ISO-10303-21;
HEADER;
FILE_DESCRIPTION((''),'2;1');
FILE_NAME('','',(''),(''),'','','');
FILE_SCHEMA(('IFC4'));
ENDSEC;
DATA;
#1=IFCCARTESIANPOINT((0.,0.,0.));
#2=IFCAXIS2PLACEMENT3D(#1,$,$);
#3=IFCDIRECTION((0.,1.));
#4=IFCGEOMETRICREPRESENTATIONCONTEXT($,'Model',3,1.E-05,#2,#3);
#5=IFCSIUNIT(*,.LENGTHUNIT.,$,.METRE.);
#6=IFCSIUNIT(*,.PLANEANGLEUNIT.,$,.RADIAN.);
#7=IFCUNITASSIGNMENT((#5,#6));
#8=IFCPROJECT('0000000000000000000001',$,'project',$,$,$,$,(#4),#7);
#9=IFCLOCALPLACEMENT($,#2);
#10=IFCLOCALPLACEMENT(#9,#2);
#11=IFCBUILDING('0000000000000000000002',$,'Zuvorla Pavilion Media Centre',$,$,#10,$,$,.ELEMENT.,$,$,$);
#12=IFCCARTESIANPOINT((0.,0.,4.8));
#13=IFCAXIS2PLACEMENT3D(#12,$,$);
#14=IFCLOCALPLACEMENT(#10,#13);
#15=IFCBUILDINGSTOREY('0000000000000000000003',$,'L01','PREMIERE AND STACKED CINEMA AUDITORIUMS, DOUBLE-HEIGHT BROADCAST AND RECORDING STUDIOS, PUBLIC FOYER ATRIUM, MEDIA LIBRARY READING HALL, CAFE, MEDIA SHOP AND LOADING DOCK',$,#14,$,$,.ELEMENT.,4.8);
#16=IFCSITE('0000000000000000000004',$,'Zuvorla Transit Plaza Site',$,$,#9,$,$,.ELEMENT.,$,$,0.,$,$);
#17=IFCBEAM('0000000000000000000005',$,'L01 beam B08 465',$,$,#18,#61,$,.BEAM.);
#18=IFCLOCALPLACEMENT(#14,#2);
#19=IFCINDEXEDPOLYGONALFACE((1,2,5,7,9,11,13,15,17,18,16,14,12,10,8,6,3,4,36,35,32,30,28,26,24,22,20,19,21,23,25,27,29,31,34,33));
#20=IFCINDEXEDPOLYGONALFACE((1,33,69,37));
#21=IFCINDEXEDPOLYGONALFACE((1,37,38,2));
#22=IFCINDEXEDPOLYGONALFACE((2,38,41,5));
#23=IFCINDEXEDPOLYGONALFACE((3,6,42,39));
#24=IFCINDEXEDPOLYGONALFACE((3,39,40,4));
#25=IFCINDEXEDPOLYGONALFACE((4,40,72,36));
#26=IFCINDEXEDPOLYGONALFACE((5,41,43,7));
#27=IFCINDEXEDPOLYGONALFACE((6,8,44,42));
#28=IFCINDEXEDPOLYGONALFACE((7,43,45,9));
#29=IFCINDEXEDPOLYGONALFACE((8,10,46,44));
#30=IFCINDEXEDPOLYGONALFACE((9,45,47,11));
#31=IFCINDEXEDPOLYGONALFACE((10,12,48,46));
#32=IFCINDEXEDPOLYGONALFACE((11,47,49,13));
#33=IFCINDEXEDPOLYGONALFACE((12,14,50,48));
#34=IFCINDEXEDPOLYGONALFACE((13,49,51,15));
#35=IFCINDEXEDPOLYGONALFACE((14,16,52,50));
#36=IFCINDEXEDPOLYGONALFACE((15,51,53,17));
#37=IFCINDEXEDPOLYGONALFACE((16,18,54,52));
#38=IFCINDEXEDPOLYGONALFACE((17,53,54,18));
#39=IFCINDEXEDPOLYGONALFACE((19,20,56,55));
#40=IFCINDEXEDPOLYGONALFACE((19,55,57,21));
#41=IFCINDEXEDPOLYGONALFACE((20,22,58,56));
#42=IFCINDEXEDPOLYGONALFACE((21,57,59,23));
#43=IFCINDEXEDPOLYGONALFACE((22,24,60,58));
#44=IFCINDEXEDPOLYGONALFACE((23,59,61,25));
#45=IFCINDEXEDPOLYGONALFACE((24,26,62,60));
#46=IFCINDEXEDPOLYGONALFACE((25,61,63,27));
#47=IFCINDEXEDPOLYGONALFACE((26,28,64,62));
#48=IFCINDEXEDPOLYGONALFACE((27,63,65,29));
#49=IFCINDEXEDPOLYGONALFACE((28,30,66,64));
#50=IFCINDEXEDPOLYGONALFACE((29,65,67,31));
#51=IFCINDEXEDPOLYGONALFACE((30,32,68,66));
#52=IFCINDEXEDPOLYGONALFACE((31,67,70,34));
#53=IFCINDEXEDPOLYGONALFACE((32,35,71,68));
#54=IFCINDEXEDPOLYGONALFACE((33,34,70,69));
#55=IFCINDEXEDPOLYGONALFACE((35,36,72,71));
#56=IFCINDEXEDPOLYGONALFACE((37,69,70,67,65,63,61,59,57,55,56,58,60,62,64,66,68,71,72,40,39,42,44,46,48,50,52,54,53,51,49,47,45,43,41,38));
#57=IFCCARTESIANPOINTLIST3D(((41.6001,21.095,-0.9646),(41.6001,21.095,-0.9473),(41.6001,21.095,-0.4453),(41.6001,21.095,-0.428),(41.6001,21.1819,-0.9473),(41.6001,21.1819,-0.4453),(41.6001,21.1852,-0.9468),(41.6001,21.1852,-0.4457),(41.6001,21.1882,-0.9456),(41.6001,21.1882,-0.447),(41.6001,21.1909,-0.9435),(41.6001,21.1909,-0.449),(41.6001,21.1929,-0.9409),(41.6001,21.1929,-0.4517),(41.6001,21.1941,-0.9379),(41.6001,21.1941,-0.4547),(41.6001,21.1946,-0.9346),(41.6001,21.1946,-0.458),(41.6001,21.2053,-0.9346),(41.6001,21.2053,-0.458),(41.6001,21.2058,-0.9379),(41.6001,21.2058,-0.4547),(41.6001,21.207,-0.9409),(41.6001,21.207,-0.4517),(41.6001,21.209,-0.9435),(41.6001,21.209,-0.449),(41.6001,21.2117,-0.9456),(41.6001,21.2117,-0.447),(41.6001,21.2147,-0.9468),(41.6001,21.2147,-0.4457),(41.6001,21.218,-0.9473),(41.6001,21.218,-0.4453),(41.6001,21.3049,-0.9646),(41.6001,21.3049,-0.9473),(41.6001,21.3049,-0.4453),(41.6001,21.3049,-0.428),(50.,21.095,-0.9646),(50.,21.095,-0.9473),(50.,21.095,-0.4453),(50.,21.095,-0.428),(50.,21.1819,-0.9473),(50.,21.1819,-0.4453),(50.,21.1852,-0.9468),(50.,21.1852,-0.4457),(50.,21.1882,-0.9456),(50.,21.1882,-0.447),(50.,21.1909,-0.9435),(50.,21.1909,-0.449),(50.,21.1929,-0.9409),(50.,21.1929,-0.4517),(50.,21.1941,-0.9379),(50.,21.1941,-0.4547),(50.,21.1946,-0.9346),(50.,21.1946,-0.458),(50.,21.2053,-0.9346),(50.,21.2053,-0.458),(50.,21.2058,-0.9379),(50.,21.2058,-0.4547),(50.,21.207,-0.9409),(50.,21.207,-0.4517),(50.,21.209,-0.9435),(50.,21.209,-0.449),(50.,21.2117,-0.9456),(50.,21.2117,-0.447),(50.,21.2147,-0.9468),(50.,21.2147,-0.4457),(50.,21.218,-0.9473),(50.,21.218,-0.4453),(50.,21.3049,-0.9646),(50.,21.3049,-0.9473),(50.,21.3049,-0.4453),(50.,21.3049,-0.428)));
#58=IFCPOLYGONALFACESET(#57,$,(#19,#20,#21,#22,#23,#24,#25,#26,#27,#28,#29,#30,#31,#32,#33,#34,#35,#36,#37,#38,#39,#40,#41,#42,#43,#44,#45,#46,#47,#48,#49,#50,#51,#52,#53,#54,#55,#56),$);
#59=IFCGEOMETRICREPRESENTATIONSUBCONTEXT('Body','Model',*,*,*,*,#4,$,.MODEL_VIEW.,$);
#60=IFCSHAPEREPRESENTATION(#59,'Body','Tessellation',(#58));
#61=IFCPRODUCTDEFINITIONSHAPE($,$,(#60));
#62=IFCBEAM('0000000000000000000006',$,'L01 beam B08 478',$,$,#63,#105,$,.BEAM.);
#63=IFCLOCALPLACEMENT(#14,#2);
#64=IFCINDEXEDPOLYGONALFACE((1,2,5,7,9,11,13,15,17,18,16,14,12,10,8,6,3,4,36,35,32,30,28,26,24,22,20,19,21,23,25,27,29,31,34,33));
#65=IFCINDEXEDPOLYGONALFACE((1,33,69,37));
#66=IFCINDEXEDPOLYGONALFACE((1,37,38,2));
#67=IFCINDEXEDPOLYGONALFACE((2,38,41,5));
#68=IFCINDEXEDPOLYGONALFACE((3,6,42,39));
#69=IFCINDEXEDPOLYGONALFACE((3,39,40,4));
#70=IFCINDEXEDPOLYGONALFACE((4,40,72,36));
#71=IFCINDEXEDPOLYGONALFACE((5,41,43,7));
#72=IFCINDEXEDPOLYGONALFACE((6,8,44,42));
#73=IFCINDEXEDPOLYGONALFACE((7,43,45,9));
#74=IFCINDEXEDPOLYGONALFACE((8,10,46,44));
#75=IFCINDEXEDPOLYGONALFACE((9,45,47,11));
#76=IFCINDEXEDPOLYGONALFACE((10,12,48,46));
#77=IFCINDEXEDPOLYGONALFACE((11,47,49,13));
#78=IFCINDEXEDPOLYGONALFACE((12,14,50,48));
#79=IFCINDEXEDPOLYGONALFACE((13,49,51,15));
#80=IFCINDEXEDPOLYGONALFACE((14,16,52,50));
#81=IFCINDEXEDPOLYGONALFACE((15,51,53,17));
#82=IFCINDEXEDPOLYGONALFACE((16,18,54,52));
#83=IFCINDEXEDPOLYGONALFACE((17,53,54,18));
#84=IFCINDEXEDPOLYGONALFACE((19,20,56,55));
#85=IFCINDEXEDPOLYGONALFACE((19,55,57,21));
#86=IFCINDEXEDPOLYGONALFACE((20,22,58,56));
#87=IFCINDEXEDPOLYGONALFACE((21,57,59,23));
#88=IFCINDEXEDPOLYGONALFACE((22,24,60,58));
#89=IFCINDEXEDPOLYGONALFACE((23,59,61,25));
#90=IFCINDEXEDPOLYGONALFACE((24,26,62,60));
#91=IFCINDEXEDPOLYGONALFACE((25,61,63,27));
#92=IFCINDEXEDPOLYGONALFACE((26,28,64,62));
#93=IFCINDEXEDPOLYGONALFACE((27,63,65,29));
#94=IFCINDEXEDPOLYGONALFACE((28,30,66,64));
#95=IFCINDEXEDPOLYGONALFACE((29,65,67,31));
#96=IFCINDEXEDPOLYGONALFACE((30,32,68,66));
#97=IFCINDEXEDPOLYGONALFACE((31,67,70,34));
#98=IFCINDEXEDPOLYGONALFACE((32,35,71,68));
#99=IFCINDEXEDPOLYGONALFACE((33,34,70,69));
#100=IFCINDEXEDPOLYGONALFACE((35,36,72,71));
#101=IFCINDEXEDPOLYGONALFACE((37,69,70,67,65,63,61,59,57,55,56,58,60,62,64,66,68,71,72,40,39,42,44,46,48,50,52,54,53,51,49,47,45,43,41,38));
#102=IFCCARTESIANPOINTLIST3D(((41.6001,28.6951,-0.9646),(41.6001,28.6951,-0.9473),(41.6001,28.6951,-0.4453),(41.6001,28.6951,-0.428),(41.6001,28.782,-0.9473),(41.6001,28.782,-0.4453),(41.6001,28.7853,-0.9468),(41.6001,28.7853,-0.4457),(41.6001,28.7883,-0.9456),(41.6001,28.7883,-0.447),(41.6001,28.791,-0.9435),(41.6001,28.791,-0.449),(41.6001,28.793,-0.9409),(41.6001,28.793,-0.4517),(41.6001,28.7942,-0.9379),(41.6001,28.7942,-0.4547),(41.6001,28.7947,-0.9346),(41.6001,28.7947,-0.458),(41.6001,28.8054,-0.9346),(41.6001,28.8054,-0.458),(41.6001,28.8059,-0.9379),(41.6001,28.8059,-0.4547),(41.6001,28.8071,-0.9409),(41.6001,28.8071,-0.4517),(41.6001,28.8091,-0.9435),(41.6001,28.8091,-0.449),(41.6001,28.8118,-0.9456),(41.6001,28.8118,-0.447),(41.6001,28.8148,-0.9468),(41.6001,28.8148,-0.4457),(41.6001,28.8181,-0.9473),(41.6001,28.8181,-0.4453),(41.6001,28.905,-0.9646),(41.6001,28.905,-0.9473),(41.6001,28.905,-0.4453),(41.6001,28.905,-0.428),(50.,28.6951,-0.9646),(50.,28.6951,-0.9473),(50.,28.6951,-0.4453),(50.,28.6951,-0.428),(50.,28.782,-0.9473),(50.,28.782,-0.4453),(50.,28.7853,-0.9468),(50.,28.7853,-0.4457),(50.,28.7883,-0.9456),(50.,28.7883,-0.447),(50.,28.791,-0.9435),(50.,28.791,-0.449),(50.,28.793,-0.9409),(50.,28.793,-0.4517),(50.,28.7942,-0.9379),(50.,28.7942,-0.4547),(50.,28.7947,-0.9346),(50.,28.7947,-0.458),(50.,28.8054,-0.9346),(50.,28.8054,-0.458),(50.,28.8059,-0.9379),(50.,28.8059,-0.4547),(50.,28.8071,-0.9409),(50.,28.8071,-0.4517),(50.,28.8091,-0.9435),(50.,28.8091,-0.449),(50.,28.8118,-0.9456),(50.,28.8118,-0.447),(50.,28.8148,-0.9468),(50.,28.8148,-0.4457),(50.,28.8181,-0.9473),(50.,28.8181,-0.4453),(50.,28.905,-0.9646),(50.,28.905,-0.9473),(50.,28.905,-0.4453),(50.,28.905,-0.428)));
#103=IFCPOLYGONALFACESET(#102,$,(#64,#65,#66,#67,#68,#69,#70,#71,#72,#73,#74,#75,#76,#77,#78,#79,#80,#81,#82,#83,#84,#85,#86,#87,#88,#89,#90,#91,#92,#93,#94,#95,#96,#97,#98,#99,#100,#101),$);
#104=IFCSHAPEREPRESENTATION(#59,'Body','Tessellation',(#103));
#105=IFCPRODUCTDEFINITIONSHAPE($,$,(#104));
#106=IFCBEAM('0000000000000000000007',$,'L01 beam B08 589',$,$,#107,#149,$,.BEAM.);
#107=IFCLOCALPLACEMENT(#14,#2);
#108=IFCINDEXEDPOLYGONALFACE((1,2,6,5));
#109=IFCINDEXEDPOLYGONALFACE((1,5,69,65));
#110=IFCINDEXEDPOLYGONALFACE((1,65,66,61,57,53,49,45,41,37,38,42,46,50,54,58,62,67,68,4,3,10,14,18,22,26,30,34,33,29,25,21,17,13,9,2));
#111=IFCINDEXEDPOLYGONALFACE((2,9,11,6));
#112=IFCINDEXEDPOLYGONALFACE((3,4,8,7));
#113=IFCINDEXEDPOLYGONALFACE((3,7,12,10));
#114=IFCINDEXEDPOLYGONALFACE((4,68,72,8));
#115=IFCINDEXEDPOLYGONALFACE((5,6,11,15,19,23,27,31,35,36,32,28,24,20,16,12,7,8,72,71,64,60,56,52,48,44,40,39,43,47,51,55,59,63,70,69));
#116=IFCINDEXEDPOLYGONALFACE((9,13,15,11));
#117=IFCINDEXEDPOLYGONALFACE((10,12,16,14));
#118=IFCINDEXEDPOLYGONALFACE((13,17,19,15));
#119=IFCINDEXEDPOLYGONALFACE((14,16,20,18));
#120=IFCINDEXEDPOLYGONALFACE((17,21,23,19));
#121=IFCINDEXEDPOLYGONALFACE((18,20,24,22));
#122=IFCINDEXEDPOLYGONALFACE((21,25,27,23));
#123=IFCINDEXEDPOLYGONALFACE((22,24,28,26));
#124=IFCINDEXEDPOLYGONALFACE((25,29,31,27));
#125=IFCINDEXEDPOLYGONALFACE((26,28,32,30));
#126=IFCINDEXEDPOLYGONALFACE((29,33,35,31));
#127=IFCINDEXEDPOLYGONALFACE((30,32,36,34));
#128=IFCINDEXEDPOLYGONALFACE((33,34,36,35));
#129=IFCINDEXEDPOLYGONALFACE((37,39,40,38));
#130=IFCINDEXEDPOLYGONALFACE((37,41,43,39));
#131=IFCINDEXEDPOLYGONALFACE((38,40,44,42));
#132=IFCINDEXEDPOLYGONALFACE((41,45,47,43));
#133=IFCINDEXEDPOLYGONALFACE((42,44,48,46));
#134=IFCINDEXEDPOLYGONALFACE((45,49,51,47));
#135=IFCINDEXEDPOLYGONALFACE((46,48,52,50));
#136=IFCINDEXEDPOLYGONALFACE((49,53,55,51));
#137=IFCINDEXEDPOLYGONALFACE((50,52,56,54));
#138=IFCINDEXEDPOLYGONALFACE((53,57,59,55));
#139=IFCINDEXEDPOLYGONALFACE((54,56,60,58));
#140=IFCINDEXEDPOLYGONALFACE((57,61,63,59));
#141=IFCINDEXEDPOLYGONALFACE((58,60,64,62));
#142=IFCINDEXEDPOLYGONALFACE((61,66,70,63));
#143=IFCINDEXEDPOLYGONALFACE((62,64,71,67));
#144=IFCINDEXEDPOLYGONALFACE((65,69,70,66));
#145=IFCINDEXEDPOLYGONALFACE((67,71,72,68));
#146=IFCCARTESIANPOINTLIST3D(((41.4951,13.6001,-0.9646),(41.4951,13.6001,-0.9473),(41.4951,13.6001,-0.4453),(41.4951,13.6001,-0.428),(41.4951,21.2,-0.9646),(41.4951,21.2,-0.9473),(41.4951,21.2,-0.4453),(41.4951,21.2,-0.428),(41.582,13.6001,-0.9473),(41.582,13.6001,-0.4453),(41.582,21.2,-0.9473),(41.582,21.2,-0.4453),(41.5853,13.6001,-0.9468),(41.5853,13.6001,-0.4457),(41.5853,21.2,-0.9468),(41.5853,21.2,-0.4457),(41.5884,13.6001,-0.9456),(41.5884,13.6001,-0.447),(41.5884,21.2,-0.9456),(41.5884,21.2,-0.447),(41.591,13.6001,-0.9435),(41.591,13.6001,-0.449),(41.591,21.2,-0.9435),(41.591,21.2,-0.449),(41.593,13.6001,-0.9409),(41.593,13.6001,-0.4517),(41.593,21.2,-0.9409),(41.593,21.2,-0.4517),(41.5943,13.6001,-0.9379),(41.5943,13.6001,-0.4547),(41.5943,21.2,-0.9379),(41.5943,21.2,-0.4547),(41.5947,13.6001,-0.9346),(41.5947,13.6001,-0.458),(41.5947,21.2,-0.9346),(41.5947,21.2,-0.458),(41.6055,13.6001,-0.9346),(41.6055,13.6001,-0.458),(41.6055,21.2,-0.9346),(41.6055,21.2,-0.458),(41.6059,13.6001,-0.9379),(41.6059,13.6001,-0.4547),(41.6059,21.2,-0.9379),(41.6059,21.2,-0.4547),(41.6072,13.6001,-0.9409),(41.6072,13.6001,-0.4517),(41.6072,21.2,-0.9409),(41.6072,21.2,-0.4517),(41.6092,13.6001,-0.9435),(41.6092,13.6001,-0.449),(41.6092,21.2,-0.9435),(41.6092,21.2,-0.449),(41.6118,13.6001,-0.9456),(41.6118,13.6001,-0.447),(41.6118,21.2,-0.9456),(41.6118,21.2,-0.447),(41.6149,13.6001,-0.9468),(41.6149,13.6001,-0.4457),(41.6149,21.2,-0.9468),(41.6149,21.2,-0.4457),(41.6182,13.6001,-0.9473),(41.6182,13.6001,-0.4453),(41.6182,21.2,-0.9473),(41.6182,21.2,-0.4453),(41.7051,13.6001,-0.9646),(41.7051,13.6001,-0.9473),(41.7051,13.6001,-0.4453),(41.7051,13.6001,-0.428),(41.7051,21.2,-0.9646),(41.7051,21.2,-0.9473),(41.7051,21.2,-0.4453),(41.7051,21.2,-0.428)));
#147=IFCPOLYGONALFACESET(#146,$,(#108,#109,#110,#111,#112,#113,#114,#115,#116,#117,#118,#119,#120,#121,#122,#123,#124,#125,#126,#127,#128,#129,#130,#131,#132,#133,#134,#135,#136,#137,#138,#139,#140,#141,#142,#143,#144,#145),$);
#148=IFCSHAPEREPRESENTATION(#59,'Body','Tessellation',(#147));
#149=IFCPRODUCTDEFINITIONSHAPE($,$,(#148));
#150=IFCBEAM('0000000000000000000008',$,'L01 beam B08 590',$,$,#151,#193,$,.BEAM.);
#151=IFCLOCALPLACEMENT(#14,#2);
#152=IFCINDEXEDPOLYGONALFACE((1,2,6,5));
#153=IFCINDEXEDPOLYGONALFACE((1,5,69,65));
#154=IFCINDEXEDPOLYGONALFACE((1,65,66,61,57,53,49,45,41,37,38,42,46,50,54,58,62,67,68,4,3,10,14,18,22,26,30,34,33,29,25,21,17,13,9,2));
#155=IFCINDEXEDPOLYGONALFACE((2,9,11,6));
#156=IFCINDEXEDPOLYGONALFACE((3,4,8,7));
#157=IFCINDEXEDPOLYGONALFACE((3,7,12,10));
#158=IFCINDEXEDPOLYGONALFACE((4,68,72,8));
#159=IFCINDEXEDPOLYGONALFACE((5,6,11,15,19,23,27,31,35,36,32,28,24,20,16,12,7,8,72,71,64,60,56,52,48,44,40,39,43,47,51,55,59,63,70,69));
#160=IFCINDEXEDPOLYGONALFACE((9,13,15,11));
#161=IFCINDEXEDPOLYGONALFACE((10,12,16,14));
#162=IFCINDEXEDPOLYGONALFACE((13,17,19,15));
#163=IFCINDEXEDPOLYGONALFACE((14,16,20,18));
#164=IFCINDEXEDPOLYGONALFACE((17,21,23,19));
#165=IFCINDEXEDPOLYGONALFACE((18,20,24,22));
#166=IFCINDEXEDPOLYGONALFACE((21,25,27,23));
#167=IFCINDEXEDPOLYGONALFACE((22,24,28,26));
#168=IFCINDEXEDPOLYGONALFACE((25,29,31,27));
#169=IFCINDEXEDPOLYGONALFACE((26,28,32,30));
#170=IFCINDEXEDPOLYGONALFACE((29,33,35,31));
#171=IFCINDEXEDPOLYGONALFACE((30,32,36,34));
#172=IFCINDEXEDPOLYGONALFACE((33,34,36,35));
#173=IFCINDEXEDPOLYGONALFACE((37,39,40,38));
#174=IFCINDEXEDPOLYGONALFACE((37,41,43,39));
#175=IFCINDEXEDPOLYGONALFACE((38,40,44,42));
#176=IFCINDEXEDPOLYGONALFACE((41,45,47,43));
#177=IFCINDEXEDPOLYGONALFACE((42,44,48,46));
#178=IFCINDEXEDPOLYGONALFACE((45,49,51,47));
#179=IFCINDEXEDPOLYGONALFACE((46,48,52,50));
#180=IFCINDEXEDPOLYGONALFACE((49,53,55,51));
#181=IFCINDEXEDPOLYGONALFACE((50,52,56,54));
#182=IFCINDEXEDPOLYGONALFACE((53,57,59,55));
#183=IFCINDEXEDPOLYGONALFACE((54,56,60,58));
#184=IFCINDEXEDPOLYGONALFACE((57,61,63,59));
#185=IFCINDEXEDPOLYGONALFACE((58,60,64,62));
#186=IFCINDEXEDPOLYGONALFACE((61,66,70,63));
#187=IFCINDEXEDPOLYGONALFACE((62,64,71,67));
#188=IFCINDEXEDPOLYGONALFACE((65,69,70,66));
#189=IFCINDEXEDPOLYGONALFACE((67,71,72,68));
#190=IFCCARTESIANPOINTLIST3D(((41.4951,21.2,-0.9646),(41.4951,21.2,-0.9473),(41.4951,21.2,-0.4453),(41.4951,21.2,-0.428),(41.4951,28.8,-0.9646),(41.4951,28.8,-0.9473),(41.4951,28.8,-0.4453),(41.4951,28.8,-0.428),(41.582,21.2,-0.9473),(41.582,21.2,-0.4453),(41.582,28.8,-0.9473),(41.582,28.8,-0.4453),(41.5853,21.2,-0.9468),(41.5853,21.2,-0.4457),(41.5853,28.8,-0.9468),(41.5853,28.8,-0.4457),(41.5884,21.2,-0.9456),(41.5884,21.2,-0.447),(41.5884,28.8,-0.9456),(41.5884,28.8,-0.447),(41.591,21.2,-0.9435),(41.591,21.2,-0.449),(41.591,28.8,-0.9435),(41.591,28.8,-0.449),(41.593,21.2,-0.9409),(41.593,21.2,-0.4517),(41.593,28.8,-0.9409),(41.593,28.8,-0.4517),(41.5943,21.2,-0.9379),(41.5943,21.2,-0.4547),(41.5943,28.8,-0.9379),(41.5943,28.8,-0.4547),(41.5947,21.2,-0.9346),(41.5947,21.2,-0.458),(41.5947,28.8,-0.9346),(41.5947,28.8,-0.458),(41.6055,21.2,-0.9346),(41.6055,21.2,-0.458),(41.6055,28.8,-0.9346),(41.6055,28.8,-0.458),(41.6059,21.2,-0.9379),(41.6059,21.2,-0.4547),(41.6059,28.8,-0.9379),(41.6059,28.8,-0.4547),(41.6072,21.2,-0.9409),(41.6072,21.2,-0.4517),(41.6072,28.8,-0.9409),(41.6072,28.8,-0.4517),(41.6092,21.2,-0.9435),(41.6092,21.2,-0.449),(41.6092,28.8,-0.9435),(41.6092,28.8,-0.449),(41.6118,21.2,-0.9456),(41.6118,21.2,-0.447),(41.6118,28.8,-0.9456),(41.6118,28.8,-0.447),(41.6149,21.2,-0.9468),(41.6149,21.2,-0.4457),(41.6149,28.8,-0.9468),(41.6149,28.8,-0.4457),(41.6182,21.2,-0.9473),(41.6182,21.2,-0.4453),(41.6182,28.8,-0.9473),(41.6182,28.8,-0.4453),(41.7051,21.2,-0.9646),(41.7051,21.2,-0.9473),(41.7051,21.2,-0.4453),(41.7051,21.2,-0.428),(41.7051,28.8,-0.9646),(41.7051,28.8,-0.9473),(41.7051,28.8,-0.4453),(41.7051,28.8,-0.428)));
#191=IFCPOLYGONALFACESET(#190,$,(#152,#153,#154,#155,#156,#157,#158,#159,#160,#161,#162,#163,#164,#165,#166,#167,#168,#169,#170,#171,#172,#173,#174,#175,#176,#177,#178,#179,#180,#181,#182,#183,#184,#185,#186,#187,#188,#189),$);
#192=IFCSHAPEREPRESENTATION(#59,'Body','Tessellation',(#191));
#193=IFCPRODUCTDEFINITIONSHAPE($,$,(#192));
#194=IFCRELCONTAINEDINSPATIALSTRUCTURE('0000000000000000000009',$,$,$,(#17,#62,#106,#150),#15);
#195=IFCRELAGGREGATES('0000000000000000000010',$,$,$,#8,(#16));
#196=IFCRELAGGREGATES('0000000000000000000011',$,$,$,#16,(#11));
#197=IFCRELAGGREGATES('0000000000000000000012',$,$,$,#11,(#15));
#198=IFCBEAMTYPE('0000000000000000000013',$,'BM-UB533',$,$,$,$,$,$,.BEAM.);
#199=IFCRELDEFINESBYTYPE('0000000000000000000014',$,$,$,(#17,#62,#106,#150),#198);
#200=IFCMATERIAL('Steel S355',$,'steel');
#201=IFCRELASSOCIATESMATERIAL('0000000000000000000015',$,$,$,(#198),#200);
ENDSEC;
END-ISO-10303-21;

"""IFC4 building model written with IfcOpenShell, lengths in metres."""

from ifc_helpers import new_model, si_unit, direction, frame, origin, origin_2d, place, context, subcontext, project, spatial, i_section, extrude, material, material_profile, profile_set, type_object, element, save


model = new_model("IFC4")

# Units and contexts
model_context = context("Model", 3, precision=1e-05, world=origin(), true_north=direction((0.0, 1.0)))
body_context = subcontext(model_context, "Body", "Model", "MODEL_VIEW")
ifc_project = project(units=[si_unit("LENGTHUNIT", "METRE"), si_unit("PLANEANGLEUNIT", "RADIAN")], contexts=[model_context])

# Site, building, storey
site_placement = place(None, origin())
site = spatial("IfcSite", under=ifc_project, at=site_placement, Name="Zuvorla Transit Plaza Site", CompositionType="ELEMENT", RefElevation=0.0)
building_placement = place(site_placement, origin())
building = spatial("IfcBuilding", under=site, at=building_placement, Name="Zuvorla Pavilion Media Centre", CompositionType="ELEMENT")
storey_placement = place(building_placement, frame((0.0, 0.0, 4.8)))
storey = spatial("IfcBuildingStorey", under=building, at=storey_placement, Name="L01", Description="PREMIERE AND STACKED CINEMA AUDITORIUMS, DOUBLE-HEIGHT BROADCAST AND RECORDING STUDIOS, PUBLIC FOYER ATRIUM, MEDIA LIBRARY READING HALL, CAFE, MEDIA SHOP AND LOADING DOCK", CompositionType="ELEMENT", Elevation=4.8)

# Beams
ifc_material_1 = material(Name="Steel S355", Category="steel")
ifc_material_profile_1 = material_profile(ifc_material_1, i_section(OverallWidth=0.21, OverallDepth=0.5366, WebThickness=0.0107, FlangeThickness=0.0173, FilletRadius=0.0127, at=origin_2d()), Name="UB 533x210x101")
ifc_profile_set_1 = profile_set([ifc_material_profile_1], Name="Steel S355")
beam_type_1 = type_object("IfcBeamType", Name="BM-UB533", PredefinedType="BEAM", material=ifc_profile_set_1)
for number, where, z_axis, x_axis, name in (
    (1, (41.6001, 21.2, -0.6963), (1.0, 0.0, 0.0), (0.0, 1.0, 0.0), "L01 beam B08 465"),
    (2, (41.6001, 28.8, -0.6963), (1.0, 0.0, 0.0), (0.0, 1.0, 0.0), "L01 beam B08 478"),
):
    element("IfcBeam", number, at=place(storey_placement, frame(where, z_axis=z_axis, x_axis=x_axis)), inside=storey, type_object=beam_type_1, Name=name, PredefinedType="BEAM", context=body_context, shape_type="SweptSolid", body=[
        extrude(i_section(OverallWidth=0.21, OverallDepth=0.5366, WebThickness=0.0107, FlangeThickness=0.0173, FilletRadius=0.0127, at=origin_2d()), origin(), (0.0, 0.0, 1.0), 8.3999),
    ])
beam_1_placement = place(storey_placement, frame((41.6001, 13.6001, -0.6963), z_axis=(0.0, 1.0, 0.0), x_axis=(-1.0, 0.0, 0.0)))
element("IfcBeam", 3, at=beam_1_placement, inside=storey, type_object=beam_type_1, Name="L01 beam B08 589", PredefinedType="BEAM", context=body_context, shape_type="SweptSolid", body=[
    extrude(i_section(OverallWidth=0.21, OverallDepth=0.5366, WebThickness=0.0107, FlangeThickness=0.0173, FilletRadius=0.0127, at=origin_2d()), origin(), (0.0, 0.0, 1.0), 7.5999),
])
beam_2_placement = place(storey_placement, frame((41.6001, 21.2, -0.6963), z_axis=(0.0, 1.0, 0.0), x_axis=(-1.0, 0.0, 0.0)))
element("IfcBeam", 4, at=beam_2_placement, inside=storey, type_object=beam_type_1, Name="L01 beam B08 590", PredefinedType="BEAM", context=body_context, shape_type="SweptSolid", body=[
    extrude(i_section(OverallWidth=0.21, OverallDepth=0.5366, WebThickness=0.0107, FlangeThickness=0.0173, FilletRadius=0.0127, at=origin_2d()), origin(), (0.0, 0.0, 1.0), 7.6001),
])

save(model, "model.ifc")
